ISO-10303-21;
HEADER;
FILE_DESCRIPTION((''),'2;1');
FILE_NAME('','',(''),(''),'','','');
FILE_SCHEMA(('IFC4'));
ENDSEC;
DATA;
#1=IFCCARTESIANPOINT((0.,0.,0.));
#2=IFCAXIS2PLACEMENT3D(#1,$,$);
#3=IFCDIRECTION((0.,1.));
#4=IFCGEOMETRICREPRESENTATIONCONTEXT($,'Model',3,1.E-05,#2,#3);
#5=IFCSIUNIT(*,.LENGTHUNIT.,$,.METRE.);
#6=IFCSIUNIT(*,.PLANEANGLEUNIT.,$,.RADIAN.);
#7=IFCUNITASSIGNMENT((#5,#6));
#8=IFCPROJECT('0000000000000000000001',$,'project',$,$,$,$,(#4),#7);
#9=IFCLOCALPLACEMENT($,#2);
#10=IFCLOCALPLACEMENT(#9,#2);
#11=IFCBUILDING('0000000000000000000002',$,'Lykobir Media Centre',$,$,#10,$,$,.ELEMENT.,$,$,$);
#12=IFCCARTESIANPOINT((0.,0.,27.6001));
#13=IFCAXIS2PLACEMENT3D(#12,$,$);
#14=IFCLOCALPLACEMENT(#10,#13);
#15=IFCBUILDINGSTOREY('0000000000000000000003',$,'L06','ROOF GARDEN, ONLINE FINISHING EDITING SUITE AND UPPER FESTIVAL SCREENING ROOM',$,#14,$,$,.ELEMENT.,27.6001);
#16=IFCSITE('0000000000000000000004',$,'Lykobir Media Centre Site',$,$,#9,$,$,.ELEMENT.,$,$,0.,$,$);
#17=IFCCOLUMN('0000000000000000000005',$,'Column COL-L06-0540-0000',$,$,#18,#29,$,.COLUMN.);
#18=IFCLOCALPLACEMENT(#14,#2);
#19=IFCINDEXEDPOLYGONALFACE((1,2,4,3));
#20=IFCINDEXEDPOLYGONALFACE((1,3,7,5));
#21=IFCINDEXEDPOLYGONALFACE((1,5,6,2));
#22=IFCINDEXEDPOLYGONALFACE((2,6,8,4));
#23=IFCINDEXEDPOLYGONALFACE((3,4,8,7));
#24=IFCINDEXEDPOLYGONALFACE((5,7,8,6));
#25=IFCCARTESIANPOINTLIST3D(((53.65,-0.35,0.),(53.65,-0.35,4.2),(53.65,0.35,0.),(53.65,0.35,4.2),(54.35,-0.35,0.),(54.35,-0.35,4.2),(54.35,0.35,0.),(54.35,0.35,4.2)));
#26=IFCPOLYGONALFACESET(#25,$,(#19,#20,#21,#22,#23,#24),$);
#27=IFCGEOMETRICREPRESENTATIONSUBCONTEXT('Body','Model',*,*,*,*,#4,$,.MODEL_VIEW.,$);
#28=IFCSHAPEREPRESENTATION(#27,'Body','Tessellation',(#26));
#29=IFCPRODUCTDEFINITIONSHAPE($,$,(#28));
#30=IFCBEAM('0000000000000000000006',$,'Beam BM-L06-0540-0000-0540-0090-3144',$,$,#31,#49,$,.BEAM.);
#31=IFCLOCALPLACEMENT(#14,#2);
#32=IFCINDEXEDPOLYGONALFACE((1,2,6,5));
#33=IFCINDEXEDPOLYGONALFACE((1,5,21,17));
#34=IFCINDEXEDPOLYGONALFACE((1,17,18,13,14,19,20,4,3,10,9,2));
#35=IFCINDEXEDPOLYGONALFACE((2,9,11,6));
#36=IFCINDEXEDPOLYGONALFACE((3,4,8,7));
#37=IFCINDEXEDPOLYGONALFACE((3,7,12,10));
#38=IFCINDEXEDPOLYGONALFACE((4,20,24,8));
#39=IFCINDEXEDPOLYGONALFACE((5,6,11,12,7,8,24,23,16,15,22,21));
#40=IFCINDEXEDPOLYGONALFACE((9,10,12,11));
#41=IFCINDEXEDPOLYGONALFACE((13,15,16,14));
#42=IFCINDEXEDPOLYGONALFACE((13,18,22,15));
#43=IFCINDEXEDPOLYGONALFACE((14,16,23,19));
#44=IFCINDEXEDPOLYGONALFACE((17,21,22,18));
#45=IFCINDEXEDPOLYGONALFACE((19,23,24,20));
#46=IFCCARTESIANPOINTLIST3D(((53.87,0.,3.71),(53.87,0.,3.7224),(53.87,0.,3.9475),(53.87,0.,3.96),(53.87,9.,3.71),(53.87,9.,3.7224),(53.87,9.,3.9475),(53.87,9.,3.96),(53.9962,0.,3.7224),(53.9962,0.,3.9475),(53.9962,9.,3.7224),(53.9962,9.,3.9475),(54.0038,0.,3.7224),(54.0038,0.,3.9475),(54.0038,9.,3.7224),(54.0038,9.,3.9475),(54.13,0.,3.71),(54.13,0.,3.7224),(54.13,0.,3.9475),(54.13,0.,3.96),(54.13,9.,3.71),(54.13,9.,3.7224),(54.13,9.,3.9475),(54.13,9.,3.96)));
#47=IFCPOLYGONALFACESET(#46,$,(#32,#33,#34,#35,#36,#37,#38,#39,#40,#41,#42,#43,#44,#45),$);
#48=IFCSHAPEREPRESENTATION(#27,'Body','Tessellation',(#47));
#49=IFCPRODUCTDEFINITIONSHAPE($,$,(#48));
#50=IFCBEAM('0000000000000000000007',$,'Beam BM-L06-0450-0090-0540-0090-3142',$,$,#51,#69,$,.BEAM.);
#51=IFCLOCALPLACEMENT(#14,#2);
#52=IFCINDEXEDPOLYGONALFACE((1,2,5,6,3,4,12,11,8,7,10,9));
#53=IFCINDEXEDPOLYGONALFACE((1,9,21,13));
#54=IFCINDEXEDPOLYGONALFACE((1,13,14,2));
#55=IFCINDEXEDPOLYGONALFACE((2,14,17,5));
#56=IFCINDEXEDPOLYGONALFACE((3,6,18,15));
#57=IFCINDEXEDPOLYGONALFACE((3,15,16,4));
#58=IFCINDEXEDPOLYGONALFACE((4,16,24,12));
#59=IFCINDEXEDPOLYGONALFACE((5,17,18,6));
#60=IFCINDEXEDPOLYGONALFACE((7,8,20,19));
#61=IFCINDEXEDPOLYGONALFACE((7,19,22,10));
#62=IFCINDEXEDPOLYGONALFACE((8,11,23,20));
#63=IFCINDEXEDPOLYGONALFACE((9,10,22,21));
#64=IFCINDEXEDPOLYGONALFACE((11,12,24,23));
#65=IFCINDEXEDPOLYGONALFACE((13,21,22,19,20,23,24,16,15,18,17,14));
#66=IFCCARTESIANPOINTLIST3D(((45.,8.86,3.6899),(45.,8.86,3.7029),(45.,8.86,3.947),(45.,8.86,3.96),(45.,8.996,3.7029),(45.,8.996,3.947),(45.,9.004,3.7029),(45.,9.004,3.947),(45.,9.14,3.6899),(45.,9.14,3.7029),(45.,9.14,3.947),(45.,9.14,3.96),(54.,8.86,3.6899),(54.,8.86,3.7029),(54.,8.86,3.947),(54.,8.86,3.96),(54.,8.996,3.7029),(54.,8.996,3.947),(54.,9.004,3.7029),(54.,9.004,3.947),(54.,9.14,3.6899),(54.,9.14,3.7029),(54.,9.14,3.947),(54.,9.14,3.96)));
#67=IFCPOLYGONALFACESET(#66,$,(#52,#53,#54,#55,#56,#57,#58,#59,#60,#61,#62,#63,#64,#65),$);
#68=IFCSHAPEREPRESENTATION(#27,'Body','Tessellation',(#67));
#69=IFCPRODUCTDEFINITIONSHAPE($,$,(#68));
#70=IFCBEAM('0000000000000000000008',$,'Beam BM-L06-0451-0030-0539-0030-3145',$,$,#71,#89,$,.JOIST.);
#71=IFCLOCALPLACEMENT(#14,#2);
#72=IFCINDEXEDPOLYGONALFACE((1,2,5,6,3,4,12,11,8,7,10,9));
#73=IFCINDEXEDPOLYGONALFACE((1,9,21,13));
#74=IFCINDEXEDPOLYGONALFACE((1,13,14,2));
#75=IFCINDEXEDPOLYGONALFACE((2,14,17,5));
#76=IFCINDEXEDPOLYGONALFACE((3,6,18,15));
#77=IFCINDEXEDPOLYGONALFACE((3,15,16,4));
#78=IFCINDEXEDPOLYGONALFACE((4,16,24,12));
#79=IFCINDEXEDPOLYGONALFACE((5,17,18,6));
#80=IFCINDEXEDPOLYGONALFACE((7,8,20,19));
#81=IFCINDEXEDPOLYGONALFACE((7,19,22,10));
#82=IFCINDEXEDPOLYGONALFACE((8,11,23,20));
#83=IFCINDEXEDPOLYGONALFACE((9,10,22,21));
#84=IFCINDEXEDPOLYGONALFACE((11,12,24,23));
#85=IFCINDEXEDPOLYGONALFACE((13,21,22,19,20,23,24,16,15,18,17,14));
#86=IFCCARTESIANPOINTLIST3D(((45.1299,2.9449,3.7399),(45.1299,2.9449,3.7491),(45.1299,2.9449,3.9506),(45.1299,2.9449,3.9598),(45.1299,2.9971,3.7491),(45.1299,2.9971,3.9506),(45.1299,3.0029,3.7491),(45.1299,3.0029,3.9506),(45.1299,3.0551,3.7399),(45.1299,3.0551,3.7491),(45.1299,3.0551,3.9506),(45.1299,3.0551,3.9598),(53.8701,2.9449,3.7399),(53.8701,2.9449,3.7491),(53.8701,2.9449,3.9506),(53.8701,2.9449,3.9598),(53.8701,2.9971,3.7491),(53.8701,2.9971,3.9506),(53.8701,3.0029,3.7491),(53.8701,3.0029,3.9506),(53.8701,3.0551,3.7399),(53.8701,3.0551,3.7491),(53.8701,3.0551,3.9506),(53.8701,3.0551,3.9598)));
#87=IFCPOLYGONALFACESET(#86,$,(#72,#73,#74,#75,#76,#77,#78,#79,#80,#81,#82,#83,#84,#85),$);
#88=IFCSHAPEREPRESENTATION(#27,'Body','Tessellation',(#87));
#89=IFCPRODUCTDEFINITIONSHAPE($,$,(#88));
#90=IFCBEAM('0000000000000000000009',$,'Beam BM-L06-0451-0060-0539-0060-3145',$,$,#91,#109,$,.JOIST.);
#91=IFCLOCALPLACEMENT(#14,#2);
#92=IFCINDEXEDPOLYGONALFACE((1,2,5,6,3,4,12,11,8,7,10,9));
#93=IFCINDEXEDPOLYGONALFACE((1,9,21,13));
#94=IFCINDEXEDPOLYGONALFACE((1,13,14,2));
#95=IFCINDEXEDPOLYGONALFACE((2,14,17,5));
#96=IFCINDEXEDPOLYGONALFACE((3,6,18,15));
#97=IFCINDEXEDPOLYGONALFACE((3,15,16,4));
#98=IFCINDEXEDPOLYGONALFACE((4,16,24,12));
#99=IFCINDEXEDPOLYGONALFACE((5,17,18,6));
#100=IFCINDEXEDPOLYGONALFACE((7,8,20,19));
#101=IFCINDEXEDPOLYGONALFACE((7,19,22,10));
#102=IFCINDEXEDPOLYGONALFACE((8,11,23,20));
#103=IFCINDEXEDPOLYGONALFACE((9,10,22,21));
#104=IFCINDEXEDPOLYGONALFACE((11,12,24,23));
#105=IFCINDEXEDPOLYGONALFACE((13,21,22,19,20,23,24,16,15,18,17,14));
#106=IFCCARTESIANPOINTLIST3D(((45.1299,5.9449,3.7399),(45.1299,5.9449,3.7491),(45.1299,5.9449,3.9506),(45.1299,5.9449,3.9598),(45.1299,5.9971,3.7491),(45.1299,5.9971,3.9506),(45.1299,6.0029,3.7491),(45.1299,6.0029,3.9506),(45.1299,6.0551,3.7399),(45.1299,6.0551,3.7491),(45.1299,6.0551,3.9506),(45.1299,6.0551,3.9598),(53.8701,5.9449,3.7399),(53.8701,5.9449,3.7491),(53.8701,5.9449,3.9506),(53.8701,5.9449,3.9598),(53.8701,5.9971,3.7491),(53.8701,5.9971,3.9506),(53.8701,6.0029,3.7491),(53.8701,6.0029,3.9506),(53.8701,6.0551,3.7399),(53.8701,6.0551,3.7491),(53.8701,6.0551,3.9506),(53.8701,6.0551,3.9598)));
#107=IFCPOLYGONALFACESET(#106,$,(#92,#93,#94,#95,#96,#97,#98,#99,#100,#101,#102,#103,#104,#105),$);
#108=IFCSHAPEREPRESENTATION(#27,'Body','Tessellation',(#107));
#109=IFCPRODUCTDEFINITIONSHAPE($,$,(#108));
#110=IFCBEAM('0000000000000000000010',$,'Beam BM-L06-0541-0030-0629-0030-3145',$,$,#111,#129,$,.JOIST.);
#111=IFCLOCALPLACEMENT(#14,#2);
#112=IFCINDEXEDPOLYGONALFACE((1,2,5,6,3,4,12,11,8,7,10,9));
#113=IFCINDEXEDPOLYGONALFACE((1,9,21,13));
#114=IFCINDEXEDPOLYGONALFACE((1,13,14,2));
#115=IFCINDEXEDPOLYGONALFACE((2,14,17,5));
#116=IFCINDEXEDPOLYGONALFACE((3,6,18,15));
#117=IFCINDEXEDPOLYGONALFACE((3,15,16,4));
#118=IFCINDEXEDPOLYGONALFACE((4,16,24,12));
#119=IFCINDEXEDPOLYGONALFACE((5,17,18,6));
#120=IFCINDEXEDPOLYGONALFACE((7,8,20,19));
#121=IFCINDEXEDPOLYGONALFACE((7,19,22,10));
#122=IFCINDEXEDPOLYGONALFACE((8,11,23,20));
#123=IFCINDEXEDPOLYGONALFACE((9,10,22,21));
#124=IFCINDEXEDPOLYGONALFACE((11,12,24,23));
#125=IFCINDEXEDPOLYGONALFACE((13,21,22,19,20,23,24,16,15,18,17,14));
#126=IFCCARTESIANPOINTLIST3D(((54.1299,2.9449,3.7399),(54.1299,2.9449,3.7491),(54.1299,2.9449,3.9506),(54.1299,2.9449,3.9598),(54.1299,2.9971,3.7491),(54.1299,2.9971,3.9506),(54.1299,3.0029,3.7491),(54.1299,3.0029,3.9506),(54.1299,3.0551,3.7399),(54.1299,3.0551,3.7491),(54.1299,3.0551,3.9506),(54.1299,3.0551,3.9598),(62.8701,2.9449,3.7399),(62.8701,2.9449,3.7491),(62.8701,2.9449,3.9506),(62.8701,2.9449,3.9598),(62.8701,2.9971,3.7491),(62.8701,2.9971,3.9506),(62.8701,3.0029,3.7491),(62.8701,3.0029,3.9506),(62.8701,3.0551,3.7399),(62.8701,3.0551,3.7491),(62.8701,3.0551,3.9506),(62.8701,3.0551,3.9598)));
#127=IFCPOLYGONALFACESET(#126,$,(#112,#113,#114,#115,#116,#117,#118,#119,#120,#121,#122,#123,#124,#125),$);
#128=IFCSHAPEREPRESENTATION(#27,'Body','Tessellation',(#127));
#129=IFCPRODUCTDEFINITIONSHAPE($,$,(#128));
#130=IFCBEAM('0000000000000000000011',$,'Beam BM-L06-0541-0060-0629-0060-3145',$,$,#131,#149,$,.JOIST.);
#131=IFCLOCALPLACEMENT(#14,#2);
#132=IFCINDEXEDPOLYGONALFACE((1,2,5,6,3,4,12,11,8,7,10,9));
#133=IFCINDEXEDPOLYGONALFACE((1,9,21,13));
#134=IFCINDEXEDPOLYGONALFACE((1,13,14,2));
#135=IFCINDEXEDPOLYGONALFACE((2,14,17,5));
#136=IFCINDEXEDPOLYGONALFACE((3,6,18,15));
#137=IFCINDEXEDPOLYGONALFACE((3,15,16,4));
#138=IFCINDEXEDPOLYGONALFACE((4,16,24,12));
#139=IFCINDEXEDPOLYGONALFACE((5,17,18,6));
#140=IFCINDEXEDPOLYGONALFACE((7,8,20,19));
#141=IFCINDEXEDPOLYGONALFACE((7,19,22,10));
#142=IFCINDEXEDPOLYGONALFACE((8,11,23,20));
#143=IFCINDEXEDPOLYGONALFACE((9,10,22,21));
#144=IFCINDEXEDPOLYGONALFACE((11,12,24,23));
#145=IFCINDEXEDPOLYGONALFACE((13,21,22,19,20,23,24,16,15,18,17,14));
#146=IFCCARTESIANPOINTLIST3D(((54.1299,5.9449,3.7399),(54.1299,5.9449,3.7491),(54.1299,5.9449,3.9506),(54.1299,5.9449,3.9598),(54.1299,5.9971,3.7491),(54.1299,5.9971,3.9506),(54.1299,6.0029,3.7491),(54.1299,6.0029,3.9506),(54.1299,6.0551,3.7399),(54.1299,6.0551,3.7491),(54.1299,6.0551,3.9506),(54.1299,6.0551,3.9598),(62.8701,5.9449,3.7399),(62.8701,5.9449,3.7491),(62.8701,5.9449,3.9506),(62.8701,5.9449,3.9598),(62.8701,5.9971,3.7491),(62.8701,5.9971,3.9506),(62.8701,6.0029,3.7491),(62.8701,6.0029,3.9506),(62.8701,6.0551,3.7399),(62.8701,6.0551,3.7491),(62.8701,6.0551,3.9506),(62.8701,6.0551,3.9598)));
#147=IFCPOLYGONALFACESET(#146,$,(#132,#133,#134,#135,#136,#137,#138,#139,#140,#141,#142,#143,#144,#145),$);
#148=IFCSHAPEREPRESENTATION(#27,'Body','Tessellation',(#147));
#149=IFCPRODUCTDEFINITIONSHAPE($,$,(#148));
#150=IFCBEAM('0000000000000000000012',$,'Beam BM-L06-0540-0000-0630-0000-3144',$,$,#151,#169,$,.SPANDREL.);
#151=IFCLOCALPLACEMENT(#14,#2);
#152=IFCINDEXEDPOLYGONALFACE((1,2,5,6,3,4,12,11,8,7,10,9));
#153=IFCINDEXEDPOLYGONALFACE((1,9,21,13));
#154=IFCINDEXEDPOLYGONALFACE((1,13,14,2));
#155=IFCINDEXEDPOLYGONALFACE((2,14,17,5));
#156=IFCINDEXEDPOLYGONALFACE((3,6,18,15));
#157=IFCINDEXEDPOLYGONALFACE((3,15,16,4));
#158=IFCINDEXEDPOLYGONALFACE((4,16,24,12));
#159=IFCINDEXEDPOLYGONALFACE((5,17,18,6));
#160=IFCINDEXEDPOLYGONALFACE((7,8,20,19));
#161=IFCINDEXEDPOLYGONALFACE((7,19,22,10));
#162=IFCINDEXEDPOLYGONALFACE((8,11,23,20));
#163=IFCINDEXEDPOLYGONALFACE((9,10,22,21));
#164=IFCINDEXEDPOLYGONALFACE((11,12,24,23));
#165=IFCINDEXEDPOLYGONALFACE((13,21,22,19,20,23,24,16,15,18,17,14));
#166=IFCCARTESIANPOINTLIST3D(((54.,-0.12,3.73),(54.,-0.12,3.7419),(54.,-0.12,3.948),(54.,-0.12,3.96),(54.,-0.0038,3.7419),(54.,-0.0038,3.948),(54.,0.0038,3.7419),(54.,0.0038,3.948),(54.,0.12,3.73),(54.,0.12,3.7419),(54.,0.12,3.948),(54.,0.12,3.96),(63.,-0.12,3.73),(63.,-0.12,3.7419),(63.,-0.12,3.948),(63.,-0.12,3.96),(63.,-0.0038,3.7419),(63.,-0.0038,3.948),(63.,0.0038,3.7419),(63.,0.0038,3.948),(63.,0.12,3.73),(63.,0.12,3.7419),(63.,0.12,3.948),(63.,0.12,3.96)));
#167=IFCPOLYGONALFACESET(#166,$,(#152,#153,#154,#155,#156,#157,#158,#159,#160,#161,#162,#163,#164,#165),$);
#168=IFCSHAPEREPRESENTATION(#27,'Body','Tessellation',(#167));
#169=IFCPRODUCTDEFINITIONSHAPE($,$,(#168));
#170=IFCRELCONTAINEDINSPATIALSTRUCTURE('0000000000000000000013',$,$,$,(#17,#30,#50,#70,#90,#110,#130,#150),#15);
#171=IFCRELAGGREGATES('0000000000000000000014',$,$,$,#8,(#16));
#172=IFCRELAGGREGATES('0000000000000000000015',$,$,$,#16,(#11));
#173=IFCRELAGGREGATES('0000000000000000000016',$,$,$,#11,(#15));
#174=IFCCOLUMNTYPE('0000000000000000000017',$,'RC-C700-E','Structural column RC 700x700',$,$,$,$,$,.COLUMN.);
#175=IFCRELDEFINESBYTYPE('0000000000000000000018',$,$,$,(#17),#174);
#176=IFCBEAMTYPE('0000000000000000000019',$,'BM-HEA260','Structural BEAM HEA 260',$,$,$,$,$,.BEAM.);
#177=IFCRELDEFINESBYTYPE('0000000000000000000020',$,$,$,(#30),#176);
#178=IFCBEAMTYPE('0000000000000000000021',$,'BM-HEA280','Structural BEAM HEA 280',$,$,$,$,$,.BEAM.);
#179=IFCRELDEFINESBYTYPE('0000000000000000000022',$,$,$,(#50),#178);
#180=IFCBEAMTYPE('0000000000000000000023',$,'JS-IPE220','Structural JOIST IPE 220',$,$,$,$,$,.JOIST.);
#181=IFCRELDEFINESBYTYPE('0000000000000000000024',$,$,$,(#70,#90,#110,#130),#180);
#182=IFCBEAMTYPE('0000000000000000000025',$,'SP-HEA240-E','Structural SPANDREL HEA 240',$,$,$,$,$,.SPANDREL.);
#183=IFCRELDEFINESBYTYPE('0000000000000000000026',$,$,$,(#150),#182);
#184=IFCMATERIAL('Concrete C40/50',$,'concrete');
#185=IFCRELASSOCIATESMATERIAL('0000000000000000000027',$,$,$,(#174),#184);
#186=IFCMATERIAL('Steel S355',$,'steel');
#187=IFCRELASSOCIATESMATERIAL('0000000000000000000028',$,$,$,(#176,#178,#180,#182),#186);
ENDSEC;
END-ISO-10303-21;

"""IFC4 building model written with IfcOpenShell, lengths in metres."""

from ifc_helpers import new_model, si_unit, direction, frame, origin, origin_2d, place, context, subcontext, project, spatial, rectangle, i_section, extrude, material, material_profile, profile_set, type_object, element, save


model = new_model("IFC4")

# Units and contexts
model_context = context("Model", 3, precision=1e-05, world=origin(), true_north=direction((0.0, 1.0)))
body_context = subcontext(model_context, "Body", "Model", "MODEL_VIEW")
ifc_project = project(units=[si_unit("LENGTHUNIT", "METRE"), si_unit("PLANEANGLEUNIT", "RADIAN")], contexts=[model_context])

# Site, building, storey
site_placement = place(None, origin())
site = spatial("IfcSite", under=ifc_project, at=site_placement, Name="Lykobir Media Centre Site", CompositionType="ELEMENT", RefElevation=0.0)
building_placement = place(site_placement, origin())
building = spatial("IfcBuilding", under=site, at=building_placement, Name="Lykobir Media Centre", CompositionType="ELEMENT")
storey_placement = place(building_placement, frame((0.0, 0.0, 27.6001)))
storey = spatial("IfcBuildingStorey", under=building, at=storey_placement, Name="L06", Description="ROOF GARDEN, ONLINE FINISHING EDITING SUITE AND UPPER FESTIVAL SCREENING ROOM", CompositionType="ELEMENT", Elevation=27.6001)

# Column
ifc_material_1 = material(Name="Concrete C40/50", Category="concrete")
ifc_material_profile_1 = material_profile(ifc_material_1, rectangle(XDim=0.7, YDim=0.7, at=origin_2d()), Name="RC 700x700")
ifc_profile_set_1 = profile_set([ifc_material_profile_1], Name="Concrete C40/50")
column_type = type_object("IfcColumnType", Name="RC-C700-E", Description="Structural column RC 700x700", PredefinedType="COLUMN", material=ifc_profile_set_1)
column_placement = place(storey_placement, frame((54.0, 0.0, 0.0), z_axis=(0.0, 0.0, 1.0), x_axis=(1.0, 0.0, 0.0)))
element("IfcColumn", 1, at=column_placement, inside=storey, type_object=column_type, Name="Column COL-L06-0540-0000", PredefinedType="COLUMN", context=body_context, shape_type="SweptSolid", body=[
    extrude(rectangle(XDim=0.7, YDim=0.7, at=origin_2d()), origin(), (0.0, 0.0, 1.0), 4.2),
])

# Beams
ifc_material_2 = material(Name="Steel S355", Category="steel")
ifc_material_profile_2 = material_profile(ifc_material_2, i_section(OverallWidth=0.26, OverallDepth=0.25, WebThickness=0.0076, FlangeThickness=0.0125, at=origin_2d()), Name="HEA 260")
ifc_profile_set_2 = profile_set([ifc_material_profile_2], Name="Steel S355")
beam_type_1 = type_object("IfcBeamType", Name="BM-HEA260", Description="Structural BEAM HEA 260", PredefinedType="BEAM", material=ifc_profile_set_2)
beam_1_placement = place(storey_placement, frame((54.0, 0.0, 3.835), z_axis=(0.0, 1.0, 0.0), x_axis=(-1.0, 0.0, 0.0)))
element("IfcBeam", 2, at=beam_1_placement, inside=storey, type_object=beam_type_1, Name="Beam BM-L06-0540-0000-0540-0090-3144", PredefinedType="BEAM", context=body_context, shape_type="SweptSolid", body=[
    extrude(i_section(OverallWidth=0.26, OverallDepth=0.25, WebThickness=0.0076, FlangeThickness=0.0125, at=origin_2d()), origin(), (0.0, 0.0, 1.0), 9.0),
])
ifc_material_profile_3 = material_profile(ifc_material_2, i_section(OverallWidth=0.28, OverallDepth=0.27, WebThickness=0.0081, FlangeThickness=0.0129, at=origin_2d()), Name="HEA 280")
ifc_profile_set_3 = profile_set([ifc_material_profile_3], Name="Steel S355")
beam_type_2 = type_object("IfcBeamType", Name="BM-HEA280", Description="Structural BEAM HEA 280", PredefinedType="BEAM", material=ifc_profile_set_3)
beam_2_placement = place(storey_placement, frame((45.0, 9.0, 3.825), z_axis=(1.0, 0.0, 0.0), x_axis=(0.0, 1.0, 0.0)))
element("IfcBeam", 3, at=beam_2_placement, inside=storey, type_object=beam_type_2, Name="Beam BM-L06-0450-0090-0540-0090-3142", PredefinedType="BEAM", context=body_context, shape_type="SweptSolid", body=[
    extrude(i_section(OverallWidth=0.28, OverallDepth=0.27, WebThickness=0.0081, FlangeThickness=0.0129, at=origin_2d()), origin(), (0.0, 0.0, 1.0), 9.0),
])
ifc_material_profile_4 = material_profile(ifc_material_2, i_section(OverallWidth=0.1101, OverallDepth=0.22, WebThickness=0.0059, FlangeThickness=0.0093, at=origin_2d()), Name="IPE 220")
ifc_profile_set_4 = profile_set([ifc_material_profile_4], Name="Steel S355")
beam_type_3 = type_object("IfcBeamType", Name="JS-IPE220", Description="Structural JOIST IPE 220", PredefinedType="JOIST", material=ifc_profile_set_4)
for number, where, z_axis, x_axis, name in (
    (4, (45.1299, 3.0, 3.8499), (1.0, 0.0, 0.0), (0.0, 1.0, 0.0), "Beam BM-L06-0451-0030-0539-0030-3145"),
    (5, (45.1299, 6.0, 3.8499), (1.0, 0.0, 0.0), (0.0, 1.0, 0.0), "Beam BM-L06-0451-0060-0539-0060-3145"),
    (6, (54.1299, 3.0, 3.8499), (1.0, 0.0, 0.0), (0.0, 1.0, 0.0), "Beam BM-L06-0541-0030-0629-0030-3145"),
    (7, (54.1299, 6.0, 3.8499), (1.0, 0.0, 0.0), (0.0, 1.0, 0.0), "Beam BM-L06-0541-0060-0629-0060-3145"),
):
    element("IfcBeam", number, at=place(storey_placement, frame(where, z_axis=z_axis, x_axis=x_axis)), inside=storey, type_object=beam_type_3, Name=name, PredefinedType="JOIST", context=body_context, shape_type="SweptSolid", body=[
        extrude(i_section(OverallWidth=0.1101, OverallDepth=0.22, WebThickness=0.0059, FlangeThickness=0.0093, at=origin_2d()), origin(), (0.0, 0.0, 1.0), 8.7402),
    ])
ifc_material_profile_5 = material_profile(ifc_material_2, i_section(OverallWidth=0.24, OverallDepth=0.23, WebThickness=0.0076, FlangeThickness=0.012, at=origin_2d()), Name="HEA 240")
ifc_profile_set_5 = profile_set([ifc_material_profile_5], Name="Steel S355")
beam_type_4 = type_object("IfcBeamType", Name="SP-HEA240-E", Description="Structural SPANDREL HEA 240", PredefinedType="SPANDREL", material=ifc_profile_set_5)
beam_3_placement = place(storey_placement, frame((54.0, 0.0, 3.845), z_axis=(1.0, 0.0, 0.0), x_axis=(0.0, 1.0, 0.0)))
element("IfcBeam", 8, at=beam_3_placement, inside=storey, type_object=beam_type_4, Name="Beam BM-L06-0540-0000-0630-0000-3144", PredefinedType="SPANDREL", context=body_context, shape_type="SweptSolid", body=[
    extrude(i_section(OverallWidth=0.24, OverallDepth=0.23, WebThickness=0.0076, FlangeThickness=0.012, at=origin_2d()), origin(), (0.0, 0.0, 1.0), 9.0),
])

save(model, "model.ifc")
